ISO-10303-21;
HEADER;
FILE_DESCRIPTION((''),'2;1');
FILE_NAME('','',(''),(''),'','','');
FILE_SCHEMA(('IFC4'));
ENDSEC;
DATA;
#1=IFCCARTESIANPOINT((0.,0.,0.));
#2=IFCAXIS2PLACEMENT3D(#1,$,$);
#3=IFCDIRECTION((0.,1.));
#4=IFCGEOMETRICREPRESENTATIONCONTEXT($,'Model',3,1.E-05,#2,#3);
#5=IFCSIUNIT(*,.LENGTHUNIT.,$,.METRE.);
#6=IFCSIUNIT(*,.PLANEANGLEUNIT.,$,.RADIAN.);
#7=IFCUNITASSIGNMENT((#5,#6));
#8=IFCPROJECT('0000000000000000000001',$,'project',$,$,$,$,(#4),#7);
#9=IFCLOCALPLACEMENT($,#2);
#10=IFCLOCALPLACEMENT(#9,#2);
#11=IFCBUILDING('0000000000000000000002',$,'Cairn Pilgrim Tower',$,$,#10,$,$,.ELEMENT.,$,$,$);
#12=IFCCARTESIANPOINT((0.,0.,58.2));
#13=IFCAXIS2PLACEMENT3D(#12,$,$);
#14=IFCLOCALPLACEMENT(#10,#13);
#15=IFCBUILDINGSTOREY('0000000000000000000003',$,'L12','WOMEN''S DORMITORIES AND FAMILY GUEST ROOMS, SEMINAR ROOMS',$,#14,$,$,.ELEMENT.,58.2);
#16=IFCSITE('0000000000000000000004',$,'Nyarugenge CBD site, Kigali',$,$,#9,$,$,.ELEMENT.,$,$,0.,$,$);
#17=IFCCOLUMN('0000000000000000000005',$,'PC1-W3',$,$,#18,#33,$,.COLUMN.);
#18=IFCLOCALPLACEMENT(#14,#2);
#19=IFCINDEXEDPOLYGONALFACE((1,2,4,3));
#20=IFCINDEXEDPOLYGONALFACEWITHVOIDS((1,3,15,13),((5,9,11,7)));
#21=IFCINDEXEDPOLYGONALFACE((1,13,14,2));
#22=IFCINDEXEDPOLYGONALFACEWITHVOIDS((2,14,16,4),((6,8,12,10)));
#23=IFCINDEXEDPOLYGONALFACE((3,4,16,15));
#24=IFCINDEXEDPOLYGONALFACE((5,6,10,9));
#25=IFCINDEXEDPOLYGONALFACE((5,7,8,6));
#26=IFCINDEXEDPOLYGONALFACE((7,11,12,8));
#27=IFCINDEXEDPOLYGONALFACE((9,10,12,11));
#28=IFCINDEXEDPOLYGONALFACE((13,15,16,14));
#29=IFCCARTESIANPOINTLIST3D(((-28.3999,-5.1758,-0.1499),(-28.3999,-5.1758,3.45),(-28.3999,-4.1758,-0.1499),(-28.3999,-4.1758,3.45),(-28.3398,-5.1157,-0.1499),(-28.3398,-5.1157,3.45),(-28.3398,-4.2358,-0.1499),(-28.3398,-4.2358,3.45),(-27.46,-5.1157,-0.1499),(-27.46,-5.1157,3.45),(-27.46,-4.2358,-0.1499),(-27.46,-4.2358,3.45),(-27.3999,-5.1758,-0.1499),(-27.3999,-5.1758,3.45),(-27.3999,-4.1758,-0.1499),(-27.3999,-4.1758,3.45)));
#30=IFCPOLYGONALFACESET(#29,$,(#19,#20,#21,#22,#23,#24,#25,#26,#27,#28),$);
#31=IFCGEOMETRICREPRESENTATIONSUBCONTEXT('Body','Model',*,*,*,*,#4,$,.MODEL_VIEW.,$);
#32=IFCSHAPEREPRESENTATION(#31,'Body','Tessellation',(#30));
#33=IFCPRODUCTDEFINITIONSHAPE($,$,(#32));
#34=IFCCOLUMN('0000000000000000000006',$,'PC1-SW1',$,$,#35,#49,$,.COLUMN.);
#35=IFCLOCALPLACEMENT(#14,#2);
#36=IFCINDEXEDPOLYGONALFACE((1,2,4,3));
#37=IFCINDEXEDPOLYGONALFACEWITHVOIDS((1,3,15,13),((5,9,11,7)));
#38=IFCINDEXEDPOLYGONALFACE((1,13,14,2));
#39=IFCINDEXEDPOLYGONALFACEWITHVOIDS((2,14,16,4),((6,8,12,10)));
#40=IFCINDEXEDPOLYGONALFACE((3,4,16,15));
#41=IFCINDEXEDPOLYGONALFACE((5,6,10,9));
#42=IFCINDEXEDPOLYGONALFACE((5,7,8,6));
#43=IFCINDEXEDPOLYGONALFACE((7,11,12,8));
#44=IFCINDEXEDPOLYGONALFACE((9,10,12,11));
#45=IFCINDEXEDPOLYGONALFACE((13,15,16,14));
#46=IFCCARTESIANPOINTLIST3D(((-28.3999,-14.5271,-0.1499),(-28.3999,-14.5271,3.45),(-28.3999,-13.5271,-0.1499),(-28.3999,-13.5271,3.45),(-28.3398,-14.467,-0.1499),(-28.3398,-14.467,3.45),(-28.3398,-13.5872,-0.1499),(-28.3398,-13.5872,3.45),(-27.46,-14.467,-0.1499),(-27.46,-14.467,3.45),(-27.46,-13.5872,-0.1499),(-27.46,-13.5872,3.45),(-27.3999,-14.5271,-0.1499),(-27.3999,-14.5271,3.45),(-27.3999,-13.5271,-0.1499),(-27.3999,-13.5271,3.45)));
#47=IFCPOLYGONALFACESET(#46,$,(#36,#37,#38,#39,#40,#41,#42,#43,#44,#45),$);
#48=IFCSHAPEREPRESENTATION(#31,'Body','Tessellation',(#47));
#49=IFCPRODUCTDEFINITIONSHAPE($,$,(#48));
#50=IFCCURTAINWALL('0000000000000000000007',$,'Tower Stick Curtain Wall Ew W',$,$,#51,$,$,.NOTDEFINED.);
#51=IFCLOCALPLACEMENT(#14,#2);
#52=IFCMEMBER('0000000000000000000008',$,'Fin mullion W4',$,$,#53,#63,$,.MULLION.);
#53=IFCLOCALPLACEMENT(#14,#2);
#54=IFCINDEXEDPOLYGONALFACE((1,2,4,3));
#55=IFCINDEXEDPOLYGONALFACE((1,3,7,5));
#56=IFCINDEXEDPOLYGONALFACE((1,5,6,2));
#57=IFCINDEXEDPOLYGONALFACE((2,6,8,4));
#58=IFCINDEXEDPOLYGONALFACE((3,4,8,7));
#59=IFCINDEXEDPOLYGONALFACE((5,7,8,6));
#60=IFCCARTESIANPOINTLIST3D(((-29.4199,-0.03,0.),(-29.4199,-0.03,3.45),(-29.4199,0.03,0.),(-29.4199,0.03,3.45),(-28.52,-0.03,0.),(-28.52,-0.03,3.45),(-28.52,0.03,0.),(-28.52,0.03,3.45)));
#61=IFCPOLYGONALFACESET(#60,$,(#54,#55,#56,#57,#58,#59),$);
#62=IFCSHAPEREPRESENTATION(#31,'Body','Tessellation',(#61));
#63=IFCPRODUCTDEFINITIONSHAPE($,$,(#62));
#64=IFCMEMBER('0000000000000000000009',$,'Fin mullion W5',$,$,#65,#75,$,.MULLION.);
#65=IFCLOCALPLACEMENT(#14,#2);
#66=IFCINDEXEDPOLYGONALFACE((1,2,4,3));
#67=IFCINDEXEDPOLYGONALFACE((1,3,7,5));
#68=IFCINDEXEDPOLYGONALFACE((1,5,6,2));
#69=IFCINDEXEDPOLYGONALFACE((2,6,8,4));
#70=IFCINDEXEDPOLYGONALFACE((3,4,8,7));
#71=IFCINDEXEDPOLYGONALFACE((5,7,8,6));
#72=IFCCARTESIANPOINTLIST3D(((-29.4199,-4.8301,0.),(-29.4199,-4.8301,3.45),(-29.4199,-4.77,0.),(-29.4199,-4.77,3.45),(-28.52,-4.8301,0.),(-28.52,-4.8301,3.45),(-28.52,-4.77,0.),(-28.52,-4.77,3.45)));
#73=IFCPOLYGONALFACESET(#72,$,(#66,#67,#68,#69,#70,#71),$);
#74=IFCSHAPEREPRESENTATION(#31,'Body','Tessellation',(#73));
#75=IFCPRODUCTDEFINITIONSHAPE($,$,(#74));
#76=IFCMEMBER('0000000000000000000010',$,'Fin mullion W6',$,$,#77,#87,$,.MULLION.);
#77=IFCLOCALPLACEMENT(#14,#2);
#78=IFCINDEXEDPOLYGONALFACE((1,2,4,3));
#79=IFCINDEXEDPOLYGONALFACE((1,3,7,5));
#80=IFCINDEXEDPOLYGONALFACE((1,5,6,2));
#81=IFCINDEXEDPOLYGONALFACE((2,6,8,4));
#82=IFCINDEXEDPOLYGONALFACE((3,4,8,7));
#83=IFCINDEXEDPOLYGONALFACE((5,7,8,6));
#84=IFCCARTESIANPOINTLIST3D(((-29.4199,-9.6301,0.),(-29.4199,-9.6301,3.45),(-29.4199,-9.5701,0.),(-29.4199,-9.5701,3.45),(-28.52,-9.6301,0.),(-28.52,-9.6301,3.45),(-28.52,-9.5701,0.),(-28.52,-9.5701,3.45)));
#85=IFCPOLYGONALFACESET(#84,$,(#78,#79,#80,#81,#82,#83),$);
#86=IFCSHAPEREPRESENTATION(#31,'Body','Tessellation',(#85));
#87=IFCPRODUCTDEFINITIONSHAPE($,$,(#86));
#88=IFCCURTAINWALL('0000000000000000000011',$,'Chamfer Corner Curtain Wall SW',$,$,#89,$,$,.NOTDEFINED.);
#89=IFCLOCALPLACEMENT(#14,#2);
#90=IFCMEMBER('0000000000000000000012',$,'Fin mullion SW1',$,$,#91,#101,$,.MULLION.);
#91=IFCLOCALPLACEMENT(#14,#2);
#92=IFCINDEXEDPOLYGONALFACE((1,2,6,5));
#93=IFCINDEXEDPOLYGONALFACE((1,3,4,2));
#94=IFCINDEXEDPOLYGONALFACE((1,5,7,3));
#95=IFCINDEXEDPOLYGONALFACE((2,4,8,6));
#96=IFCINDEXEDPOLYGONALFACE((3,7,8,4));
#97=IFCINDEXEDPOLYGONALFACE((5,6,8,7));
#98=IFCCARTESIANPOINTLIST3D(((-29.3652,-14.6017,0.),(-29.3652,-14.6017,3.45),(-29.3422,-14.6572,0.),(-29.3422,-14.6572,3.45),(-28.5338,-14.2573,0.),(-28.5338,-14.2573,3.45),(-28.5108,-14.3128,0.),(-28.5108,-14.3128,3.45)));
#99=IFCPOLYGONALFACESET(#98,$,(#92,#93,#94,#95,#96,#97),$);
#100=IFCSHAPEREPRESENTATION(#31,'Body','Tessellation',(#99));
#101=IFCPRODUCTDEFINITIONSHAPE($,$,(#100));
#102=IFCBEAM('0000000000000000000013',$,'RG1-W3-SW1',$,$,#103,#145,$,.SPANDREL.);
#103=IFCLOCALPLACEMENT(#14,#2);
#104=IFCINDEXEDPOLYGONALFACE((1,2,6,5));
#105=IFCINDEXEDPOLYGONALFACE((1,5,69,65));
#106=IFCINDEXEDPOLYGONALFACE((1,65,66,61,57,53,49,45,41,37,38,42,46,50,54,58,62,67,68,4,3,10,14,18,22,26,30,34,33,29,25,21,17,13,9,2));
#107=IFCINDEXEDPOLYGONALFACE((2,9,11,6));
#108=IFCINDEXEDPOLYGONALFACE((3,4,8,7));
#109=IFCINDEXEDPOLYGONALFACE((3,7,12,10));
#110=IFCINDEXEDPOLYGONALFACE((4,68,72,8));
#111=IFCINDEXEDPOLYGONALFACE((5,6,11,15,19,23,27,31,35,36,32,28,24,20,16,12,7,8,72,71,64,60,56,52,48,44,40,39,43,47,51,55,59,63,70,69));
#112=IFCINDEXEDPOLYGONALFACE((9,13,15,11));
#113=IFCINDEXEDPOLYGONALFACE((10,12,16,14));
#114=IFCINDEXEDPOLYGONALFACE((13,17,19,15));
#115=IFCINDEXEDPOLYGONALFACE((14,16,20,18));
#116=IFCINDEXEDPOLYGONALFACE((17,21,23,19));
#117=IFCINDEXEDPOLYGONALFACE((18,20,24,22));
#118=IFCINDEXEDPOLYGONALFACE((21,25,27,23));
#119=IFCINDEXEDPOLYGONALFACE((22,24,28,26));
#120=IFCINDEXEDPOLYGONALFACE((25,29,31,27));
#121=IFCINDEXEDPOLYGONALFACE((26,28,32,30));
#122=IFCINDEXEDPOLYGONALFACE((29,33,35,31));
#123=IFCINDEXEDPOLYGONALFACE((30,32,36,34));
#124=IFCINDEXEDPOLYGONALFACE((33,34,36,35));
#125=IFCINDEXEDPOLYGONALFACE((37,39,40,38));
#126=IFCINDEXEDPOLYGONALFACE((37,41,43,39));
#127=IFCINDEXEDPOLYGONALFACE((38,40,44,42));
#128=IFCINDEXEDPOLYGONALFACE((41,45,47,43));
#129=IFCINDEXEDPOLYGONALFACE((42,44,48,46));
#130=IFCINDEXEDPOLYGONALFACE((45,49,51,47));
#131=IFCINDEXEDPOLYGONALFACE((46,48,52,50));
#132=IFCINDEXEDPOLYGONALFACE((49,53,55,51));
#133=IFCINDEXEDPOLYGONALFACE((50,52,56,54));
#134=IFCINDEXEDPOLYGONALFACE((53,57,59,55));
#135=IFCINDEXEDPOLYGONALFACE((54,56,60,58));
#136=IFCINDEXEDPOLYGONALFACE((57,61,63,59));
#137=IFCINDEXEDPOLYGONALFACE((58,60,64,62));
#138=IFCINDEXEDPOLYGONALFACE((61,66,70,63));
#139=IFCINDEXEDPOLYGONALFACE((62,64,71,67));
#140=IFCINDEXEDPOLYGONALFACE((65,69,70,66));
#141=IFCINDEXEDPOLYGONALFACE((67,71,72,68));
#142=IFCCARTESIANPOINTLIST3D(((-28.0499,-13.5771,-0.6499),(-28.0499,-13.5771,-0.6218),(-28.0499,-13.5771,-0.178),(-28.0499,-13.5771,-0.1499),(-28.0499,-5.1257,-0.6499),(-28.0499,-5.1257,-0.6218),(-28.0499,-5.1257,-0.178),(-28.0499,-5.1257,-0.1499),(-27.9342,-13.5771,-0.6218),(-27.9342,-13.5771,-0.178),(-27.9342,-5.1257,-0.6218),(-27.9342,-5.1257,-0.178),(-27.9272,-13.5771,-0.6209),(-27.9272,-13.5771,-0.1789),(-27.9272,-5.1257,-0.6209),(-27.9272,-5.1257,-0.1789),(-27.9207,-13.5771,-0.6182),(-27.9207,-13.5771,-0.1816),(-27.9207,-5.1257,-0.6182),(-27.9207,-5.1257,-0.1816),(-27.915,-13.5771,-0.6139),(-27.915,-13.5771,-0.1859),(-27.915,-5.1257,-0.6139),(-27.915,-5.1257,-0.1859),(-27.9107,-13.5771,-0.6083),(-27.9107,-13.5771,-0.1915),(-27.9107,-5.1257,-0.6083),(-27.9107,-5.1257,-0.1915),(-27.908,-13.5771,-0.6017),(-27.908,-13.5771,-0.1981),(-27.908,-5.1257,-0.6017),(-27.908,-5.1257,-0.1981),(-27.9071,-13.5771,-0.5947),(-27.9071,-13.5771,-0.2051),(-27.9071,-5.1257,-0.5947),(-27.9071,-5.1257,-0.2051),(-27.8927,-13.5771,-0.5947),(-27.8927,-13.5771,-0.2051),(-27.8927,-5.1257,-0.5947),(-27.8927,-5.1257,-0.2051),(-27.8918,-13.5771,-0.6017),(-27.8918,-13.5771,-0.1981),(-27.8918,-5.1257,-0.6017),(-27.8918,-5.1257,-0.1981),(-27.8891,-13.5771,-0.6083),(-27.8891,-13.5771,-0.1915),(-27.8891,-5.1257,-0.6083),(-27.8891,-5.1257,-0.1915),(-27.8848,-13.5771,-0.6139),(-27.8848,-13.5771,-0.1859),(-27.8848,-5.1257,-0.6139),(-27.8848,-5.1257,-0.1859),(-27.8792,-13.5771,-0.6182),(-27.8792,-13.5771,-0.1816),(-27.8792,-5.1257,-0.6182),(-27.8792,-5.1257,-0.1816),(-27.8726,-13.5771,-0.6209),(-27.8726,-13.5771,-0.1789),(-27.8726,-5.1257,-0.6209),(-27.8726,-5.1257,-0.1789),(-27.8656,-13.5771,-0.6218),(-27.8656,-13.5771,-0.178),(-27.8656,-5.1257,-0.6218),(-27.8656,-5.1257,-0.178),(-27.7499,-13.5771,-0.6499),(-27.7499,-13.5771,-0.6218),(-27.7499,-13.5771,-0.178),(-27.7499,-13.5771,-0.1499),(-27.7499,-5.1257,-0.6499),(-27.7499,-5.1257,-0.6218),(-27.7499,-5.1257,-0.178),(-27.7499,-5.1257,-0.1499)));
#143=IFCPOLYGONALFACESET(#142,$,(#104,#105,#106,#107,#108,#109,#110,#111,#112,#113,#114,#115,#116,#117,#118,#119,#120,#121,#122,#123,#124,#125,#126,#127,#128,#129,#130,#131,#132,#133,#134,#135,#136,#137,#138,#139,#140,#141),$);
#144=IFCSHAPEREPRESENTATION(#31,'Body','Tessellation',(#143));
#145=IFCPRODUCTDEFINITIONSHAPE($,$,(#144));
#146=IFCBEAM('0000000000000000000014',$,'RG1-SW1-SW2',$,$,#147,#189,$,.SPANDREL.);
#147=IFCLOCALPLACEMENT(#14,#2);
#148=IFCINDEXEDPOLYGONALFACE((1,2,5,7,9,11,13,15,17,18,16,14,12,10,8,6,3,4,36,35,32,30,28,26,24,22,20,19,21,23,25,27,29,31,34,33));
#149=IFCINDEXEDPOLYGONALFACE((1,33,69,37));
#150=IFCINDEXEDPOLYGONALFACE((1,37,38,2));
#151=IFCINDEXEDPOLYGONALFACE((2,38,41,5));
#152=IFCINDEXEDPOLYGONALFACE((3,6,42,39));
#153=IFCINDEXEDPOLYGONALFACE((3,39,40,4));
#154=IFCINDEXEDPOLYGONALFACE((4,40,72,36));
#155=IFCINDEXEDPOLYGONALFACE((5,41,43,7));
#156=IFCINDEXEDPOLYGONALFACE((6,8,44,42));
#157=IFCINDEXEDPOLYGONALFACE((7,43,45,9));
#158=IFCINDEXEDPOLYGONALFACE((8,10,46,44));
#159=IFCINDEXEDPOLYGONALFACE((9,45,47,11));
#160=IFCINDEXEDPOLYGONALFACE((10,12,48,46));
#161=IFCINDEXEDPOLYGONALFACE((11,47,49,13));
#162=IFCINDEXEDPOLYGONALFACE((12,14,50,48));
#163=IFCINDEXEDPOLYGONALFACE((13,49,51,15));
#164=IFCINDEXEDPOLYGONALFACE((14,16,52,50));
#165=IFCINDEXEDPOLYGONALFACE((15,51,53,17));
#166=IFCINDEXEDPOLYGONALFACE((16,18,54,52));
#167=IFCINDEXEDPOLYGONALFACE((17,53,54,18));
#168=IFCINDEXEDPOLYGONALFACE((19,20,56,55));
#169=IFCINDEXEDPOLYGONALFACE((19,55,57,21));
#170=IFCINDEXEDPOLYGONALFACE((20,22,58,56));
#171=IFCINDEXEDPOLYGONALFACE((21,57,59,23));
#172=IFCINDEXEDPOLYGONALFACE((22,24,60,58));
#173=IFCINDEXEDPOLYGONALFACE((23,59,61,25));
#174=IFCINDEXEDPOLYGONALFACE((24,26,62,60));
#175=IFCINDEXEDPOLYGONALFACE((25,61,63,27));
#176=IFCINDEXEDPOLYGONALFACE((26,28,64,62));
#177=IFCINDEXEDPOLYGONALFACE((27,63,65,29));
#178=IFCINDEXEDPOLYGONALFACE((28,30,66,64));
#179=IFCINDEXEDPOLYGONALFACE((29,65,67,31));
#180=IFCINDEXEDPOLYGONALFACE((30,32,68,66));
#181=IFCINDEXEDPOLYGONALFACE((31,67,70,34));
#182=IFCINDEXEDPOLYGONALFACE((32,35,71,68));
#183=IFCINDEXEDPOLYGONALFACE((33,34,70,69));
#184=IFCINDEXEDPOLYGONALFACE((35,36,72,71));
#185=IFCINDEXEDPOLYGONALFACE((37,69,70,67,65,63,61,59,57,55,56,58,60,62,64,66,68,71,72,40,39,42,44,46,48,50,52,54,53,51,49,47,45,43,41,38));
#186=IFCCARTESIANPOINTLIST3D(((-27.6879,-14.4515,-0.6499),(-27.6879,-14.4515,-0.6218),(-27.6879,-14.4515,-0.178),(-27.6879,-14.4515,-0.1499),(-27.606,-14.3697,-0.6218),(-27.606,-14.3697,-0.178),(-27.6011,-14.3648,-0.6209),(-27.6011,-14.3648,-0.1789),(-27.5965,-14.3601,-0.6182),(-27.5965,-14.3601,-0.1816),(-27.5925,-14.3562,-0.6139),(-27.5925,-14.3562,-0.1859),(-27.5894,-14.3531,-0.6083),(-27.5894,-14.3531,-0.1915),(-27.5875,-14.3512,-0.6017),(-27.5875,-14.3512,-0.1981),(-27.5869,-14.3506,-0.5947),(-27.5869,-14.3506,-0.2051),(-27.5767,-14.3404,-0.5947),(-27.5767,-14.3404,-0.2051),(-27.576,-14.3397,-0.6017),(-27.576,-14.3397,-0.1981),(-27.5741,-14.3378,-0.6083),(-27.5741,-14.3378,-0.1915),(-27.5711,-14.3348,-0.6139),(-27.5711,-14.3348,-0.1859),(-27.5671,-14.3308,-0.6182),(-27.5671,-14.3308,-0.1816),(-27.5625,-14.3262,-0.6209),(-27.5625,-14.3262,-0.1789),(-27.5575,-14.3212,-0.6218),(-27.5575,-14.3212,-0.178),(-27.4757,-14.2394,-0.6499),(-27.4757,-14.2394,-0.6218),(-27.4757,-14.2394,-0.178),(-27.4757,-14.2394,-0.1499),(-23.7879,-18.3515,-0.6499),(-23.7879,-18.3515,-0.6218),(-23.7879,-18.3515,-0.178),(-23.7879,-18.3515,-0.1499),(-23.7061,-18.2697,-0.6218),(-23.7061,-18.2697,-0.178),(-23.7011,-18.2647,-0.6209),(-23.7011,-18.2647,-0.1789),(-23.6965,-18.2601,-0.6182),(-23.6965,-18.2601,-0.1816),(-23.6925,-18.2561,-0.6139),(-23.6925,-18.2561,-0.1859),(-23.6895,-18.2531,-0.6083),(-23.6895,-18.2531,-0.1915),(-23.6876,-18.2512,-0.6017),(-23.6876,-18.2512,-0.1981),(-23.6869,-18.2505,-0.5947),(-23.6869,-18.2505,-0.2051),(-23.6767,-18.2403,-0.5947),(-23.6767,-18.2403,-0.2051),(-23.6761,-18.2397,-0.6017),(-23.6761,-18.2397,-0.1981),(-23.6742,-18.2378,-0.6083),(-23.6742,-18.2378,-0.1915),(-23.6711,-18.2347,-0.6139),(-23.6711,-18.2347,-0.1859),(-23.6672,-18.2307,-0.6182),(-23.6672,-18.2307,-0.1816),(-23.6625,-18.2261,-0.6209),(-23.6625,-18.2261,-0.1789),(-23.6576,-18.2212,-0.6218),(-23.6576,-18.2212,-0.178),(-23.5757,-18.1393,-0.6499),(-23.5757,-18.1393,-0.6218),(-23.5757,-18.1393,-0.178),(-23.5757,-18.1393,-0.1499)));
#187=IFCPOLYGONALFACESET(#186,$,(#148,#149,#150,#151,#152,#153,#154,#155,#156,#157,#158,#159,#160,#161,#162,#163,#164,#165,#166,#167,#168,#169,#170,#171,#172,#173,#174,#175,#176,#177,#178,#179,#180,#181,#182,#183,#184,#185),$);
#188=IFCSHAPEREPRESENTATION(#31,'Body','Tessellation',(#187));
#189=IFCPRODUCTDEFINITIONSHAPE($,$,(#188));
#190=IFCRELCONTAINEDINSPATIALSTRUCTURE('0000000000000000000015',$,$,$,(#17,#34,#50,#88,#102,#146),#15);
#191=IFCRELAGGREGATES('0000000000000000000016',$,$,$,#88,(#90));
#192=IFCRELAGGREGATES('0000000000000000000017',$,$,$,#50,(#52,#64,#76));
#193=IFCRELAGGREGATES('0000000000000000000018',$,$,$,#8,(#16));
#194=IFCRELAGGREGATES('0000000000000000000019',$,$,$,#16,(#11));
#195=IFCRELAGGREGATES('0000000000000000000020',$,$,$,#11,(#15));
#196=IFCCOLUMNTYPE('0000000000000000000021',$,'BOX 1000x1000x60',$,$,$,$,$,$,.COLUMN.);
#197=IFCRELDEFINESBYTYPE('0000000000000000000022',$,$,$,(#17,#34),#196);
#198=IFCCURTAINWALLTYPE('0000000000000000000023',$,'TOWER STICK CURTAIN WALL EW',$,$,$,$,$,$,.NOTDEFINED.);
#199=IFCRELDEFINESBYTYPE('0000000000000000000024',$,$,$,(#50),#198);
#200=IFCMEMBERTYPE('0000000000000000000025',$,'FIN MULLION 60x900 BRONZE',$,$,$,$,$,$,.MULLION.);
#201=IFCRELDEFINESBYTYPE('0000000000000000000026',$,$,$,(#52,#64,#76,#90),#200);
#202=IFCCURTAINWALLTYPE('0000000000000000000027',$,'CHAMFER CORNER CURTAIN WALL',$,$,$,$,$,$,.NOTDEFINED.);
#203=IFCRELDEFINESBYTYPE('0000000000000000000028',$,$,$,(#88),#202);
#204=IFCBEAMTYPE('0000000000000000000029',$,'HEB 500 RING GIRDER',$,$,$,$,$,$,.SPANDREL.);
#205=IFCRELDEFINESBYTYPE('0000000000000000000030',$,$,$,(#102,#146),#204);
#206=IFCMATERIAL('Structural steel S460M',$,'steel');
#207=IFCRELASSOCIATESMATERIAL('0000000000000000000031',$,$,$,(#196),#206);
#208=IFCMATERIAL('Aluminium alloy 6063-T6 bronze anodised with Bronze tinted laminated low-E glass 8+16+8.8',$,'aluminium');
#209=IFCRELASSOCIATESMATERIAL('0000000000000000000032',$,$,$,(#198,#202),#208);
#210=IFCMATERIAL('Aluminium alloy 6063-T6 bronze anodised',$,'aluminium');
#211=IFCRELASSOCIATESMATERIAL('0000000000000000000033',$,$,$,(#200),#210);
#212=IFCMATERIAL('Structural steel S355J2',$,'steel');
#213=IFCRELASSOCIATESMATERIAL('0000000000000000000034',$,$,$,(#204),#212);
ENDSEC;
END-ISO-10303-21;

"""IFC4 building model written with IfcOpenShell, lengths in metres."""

from ifc_helpers import new_model, si_unit, direction, frame, origin, origin_2d, place, context, subcontext, project, spatial, rectangle, hollow_rectangle, i_section, extrude, material, material_profile, profile_set, type_object, element, aggregate, save


model = new_model("IFC4")

# Units and contexts
model_context = context("Model", 3, precision=1e-05, world=origin(), true_north=direction((0.0, 1.0)))
body_context = subcontext(model_context, "Body", "Model", "MODEL_VIEW")
ifc_project = project(units=[si_unit("LENGTHUNIT", "METRE"), si_unit("PLANEANGLEUNIT", "RADIAN")], contexts=[model_context])

# Site, building, storey
site_placement = place(None, origin())
site = spatial("IfcSite", under=ifc_project, at=site_placement, Name="Nyarugenge CBD site, Kigali", CompositionType="ELEMENT", RefElevation=0.0)
building_placement = place(site_placement, origin())
building = spatial("IfcBuilding", under=site, at=building_placement, Name="Cairn Pilgrim Tower", CompositionType="ELEMENT")
storey_placement = place(building_placement, frame((0.0, 0.0, 58.2)))
storey = spatial("IfcBuildingStorey", under=building, at=storey_placement, Name="L12", Description="WOMEN'S DORMITORIES AND FAMILY GUEST ROOMS, SEMINAR ROOMS", CompositionType="ELEMENT", Elevation=58.2)

# Columns
ifc_material_1 = material(Name="Structural steel S460M", Category="steel")
ifc_material_profile_1 = material_profile(ifc_material_1, hollow_rectangle(XDim=1.0, YDim=1.0, WallThickness=0.0601, at=origin_2d()), Name="BOX 1000x1000x60")
ifc_profile_set_1 = profile_set([ifc_material_profile_1], Name="Structural steel S460M")
column_type = type_object("IfcColumnType", Name="BOX 1000x1000x60", PredefinedType="COLUMN", material=ifc_profile_set_1)
for number, where, z_axis, x_axis, name in (
    (1, (-27.8999, -4.6758, -0.1499), (0.0, 0.0, 1.0), (1.0, 0.0, 0.0), "PC1-W3"),
    (2, (-27.8999, -14.0271, -0.1499), (0.0, 0.0, 1.0), (1.0, 0.0, 0.0), "PC1-SW1"),
):
    element("IfcColumn", number, at=place(storey_placement, frame(where, z_axis=z_axis, x_axis=x_axis)), inside=storey, type_object=column_type, Name=name, PredefinedType="COLUMN", context=body_context, shape_type="SweptSolid", body=[
        extrude(hollow_rectangle(XDim=1.0, YDim=1.0, WallThickness=0.0601, at=origin_2d()), origin(), (0.0, 0.0, 1.0), 3.5999),
    ])

# Curtain wall, members
ifc_material_2 = material(Name="Aluminium alloy 6063-T6 bronze anodised with Bronze tinted laminated low-E glass 8+16+8.8", Category="aluminium")
curtain_wall_type_1 = type_object("IfcCurtainWallType", Name="TOWER STICK CURTAIN WALL EW", PredefinedType="NOTDEFINED", material=ifc_material_2)
curtain_wall_1_placement = place(storey_placement, origin())
curtain_wall_1 = element("IfcCurtainWall", 3, at=curtain_wall_1_placement, inside=storey, type_object=curtain_wall_type_1, Name="Tower Stick Curtain Wall Ew W", PredefinedType="NOTDEFINED")
ifc_material_3 = material(Name="Aluminium alloy 6063-T6 bronze anodised", Category="aluminium")
ifc_material_profile_2 = material_profile(ifc_material_3, rectangle(XDim=0.8999, YDim=0.0601, at=origin_2d()), Name="FIN MULLION 60x900 BRONZE")
ifc_profile_set_2 = profile_set([ifc_material_profile_2], Name="Aluminium alloy 6063-T6 bronze anodised")
member_type_1 = type_object("IfcMemberType", Name="FIN MULLION 60x900 BRONZE", PredefinedType="MULLION", material=ifc_profile_set_2)
member_1_placement = place(storey_placement, frame((-28.97, 0.0, 0.0), z_axis=(0.0, 0.0, 1.0), x_axis=(-1.0, 0.0, 0.0)))
member_1 = element("IfcMember", 4, at=member_1_placement, type_object=member_type_1, Name="Fin mullion W4", PredefinedType="MULLION", context=body_context, shape_type="SweptSolid", body=[
    extrude(rectangle(XDim=0.8999, YDim=0.0601, at=origin_2d()), origin(), (0.0, 0.0, 1.0), 3.45),
])
member_2_placement = place(storey_placement, frame((-28.97, -4.8, 0.0), z_axis=(0.0, 0.0, 1.0), x_axis=(-1.0, 0.0, 0.0)))
member_2 = element("IfcMember", 5, at=member_2_placement, type_object=member_type_1, Name="Fin mullion W5", PredefinedType="MULLION", context=body_context, shape_type="SweptSolid", body=[
    extrude(rectangle(XDim=0.8999, YDim=0.0601, at=origin_2d()), origin(), (0.0, 0.0, 1.0), 3.45),
])
member_3_placement = place(storey_placement, frame((-28.97, -9.6001, 0.0), z_axis=(0.0, 0.0, 1.0), x_axis=(-1.0, 0.0, 0.0)))
member_3 = element("IfcMember", 6, at=member_3_placement, type_object=member_type_1, Name="Fin mullion W6", PredefinedType="MULLION", context=body_context, shape_type="SweptSolid", body=[
    extrude(rectangle(XDim=0.8999, YDim=0.0601, at=origin_2d()), origin(), (0.0, 0.0, 1.0), 3.45),
])

# Curtain wall, member
curtain_wall_type_2 = type_object("IfcCurtainWallType", Name="CHAMFER CORNER CURTAIN WALL", PredefinedType="NOTDEFINED", material=ifc_material_2)
curtain_wall_2_placement = place(storey_placement, origin())
curtain_wall_2 = element("IfcCurtainWall", 7, at=curtain_wall_2_placement, inside=storey, type_object=curtain_wall_type_2, Name="Chamfer Corner Curtain Wall SW", PredefinedType="NOTDEFINED")
member_4_placement = place(storey_placement, frame((-28.938, -14.4573, 0.0), z_axis=(0.0, 0.0, 1.0), x_axis=(-0.92388, -0.382683, 0.0)))
member_4 = element("IfcMember", 8, at=member_4_placement, type_object=member_type_1, Name="Fin mullion SW1", PredefinedType="MULLION", context=body_context, shape_type="SweptSolid", body=[
    extrude(rectangle(XDim=0.8999, YDim=0.0601, at=origin_2d()), origin(), (0.0, 0.0, 1.0), 3.45),
])

# Beams
ifc_material_4 = material(Name="Structural steel S355J2", Category="steel")
ifc_material_profile_3 = material_profile(ifc_material_4, i_section(OverallWidth=0.3, OverallDepth=0.5, WebThickness=0.0144, FlangeThickness=0.0281, FilletRadius=0.0271, at=origin_2d()), Name="HEB 500")
ifc_profile_set_3 = profile_set([ifc_material_profile_3], Name="Structural steel S355J2")
beam_type_1 = type_object("IfcBeamType", Name="HEB 500 RING GIRDER", PredefinedType="SPANDREL", material=ifc_profile_set_3)
beam_1_placement = place(storey_placement, frame((-27.8999, -5.1257, -0.3999), z_axis=(0.0, -1.0, 0.0), x_axis=(1.0, 0.0, 0.0)))
element("IfcBeam", 9, at=beam_1_placement, inside=storey, type_object=beam_type_1, Name="RG1-W3-SW1", PredefinedType="SPANDREL", context=body_context, shape_type="SweptSolid", body=[
    extrude(i_section(OverallWidth=0.3, OverallDepth=0.5, WebThickness=0.0144, FlangeThickness=0.0281, FilletRadius=0.0271, at=origin_2d()), origin(), (0.0, 0.0, 1.0), 8.4514),
])
beam_2_placement = place(storey_placement, frame((-27.5818, -14.3455, -0.3999), z_axis=(0.707107, -0.707107, 0.0), x_axis=(0.707107, 0.707107, 0.0)))
element("IfcBeam", 10, at=beam_2_placement, inside=storey, type_object=beam_type_1, Name="RG1-SW1-SW2", PredefinedType="SPANDREL", context=body_context, shape_type="SweptSolid", body=[
    extrude(i_section(OverallWidth=0.3, OverallDepth=0.5, WebThickness=0.0144, FlangeThickness=0.0281, FilletRadius=0.0271, at=origin_2d()), origin(), (0.0, 0.0, 1.0), 5.5154),
])

aggregate(curtain_wall_2, [member_4])

aggregate(curtain_wall_1, [member_1, member_2, member_3])

save(model, "model.ifc")
